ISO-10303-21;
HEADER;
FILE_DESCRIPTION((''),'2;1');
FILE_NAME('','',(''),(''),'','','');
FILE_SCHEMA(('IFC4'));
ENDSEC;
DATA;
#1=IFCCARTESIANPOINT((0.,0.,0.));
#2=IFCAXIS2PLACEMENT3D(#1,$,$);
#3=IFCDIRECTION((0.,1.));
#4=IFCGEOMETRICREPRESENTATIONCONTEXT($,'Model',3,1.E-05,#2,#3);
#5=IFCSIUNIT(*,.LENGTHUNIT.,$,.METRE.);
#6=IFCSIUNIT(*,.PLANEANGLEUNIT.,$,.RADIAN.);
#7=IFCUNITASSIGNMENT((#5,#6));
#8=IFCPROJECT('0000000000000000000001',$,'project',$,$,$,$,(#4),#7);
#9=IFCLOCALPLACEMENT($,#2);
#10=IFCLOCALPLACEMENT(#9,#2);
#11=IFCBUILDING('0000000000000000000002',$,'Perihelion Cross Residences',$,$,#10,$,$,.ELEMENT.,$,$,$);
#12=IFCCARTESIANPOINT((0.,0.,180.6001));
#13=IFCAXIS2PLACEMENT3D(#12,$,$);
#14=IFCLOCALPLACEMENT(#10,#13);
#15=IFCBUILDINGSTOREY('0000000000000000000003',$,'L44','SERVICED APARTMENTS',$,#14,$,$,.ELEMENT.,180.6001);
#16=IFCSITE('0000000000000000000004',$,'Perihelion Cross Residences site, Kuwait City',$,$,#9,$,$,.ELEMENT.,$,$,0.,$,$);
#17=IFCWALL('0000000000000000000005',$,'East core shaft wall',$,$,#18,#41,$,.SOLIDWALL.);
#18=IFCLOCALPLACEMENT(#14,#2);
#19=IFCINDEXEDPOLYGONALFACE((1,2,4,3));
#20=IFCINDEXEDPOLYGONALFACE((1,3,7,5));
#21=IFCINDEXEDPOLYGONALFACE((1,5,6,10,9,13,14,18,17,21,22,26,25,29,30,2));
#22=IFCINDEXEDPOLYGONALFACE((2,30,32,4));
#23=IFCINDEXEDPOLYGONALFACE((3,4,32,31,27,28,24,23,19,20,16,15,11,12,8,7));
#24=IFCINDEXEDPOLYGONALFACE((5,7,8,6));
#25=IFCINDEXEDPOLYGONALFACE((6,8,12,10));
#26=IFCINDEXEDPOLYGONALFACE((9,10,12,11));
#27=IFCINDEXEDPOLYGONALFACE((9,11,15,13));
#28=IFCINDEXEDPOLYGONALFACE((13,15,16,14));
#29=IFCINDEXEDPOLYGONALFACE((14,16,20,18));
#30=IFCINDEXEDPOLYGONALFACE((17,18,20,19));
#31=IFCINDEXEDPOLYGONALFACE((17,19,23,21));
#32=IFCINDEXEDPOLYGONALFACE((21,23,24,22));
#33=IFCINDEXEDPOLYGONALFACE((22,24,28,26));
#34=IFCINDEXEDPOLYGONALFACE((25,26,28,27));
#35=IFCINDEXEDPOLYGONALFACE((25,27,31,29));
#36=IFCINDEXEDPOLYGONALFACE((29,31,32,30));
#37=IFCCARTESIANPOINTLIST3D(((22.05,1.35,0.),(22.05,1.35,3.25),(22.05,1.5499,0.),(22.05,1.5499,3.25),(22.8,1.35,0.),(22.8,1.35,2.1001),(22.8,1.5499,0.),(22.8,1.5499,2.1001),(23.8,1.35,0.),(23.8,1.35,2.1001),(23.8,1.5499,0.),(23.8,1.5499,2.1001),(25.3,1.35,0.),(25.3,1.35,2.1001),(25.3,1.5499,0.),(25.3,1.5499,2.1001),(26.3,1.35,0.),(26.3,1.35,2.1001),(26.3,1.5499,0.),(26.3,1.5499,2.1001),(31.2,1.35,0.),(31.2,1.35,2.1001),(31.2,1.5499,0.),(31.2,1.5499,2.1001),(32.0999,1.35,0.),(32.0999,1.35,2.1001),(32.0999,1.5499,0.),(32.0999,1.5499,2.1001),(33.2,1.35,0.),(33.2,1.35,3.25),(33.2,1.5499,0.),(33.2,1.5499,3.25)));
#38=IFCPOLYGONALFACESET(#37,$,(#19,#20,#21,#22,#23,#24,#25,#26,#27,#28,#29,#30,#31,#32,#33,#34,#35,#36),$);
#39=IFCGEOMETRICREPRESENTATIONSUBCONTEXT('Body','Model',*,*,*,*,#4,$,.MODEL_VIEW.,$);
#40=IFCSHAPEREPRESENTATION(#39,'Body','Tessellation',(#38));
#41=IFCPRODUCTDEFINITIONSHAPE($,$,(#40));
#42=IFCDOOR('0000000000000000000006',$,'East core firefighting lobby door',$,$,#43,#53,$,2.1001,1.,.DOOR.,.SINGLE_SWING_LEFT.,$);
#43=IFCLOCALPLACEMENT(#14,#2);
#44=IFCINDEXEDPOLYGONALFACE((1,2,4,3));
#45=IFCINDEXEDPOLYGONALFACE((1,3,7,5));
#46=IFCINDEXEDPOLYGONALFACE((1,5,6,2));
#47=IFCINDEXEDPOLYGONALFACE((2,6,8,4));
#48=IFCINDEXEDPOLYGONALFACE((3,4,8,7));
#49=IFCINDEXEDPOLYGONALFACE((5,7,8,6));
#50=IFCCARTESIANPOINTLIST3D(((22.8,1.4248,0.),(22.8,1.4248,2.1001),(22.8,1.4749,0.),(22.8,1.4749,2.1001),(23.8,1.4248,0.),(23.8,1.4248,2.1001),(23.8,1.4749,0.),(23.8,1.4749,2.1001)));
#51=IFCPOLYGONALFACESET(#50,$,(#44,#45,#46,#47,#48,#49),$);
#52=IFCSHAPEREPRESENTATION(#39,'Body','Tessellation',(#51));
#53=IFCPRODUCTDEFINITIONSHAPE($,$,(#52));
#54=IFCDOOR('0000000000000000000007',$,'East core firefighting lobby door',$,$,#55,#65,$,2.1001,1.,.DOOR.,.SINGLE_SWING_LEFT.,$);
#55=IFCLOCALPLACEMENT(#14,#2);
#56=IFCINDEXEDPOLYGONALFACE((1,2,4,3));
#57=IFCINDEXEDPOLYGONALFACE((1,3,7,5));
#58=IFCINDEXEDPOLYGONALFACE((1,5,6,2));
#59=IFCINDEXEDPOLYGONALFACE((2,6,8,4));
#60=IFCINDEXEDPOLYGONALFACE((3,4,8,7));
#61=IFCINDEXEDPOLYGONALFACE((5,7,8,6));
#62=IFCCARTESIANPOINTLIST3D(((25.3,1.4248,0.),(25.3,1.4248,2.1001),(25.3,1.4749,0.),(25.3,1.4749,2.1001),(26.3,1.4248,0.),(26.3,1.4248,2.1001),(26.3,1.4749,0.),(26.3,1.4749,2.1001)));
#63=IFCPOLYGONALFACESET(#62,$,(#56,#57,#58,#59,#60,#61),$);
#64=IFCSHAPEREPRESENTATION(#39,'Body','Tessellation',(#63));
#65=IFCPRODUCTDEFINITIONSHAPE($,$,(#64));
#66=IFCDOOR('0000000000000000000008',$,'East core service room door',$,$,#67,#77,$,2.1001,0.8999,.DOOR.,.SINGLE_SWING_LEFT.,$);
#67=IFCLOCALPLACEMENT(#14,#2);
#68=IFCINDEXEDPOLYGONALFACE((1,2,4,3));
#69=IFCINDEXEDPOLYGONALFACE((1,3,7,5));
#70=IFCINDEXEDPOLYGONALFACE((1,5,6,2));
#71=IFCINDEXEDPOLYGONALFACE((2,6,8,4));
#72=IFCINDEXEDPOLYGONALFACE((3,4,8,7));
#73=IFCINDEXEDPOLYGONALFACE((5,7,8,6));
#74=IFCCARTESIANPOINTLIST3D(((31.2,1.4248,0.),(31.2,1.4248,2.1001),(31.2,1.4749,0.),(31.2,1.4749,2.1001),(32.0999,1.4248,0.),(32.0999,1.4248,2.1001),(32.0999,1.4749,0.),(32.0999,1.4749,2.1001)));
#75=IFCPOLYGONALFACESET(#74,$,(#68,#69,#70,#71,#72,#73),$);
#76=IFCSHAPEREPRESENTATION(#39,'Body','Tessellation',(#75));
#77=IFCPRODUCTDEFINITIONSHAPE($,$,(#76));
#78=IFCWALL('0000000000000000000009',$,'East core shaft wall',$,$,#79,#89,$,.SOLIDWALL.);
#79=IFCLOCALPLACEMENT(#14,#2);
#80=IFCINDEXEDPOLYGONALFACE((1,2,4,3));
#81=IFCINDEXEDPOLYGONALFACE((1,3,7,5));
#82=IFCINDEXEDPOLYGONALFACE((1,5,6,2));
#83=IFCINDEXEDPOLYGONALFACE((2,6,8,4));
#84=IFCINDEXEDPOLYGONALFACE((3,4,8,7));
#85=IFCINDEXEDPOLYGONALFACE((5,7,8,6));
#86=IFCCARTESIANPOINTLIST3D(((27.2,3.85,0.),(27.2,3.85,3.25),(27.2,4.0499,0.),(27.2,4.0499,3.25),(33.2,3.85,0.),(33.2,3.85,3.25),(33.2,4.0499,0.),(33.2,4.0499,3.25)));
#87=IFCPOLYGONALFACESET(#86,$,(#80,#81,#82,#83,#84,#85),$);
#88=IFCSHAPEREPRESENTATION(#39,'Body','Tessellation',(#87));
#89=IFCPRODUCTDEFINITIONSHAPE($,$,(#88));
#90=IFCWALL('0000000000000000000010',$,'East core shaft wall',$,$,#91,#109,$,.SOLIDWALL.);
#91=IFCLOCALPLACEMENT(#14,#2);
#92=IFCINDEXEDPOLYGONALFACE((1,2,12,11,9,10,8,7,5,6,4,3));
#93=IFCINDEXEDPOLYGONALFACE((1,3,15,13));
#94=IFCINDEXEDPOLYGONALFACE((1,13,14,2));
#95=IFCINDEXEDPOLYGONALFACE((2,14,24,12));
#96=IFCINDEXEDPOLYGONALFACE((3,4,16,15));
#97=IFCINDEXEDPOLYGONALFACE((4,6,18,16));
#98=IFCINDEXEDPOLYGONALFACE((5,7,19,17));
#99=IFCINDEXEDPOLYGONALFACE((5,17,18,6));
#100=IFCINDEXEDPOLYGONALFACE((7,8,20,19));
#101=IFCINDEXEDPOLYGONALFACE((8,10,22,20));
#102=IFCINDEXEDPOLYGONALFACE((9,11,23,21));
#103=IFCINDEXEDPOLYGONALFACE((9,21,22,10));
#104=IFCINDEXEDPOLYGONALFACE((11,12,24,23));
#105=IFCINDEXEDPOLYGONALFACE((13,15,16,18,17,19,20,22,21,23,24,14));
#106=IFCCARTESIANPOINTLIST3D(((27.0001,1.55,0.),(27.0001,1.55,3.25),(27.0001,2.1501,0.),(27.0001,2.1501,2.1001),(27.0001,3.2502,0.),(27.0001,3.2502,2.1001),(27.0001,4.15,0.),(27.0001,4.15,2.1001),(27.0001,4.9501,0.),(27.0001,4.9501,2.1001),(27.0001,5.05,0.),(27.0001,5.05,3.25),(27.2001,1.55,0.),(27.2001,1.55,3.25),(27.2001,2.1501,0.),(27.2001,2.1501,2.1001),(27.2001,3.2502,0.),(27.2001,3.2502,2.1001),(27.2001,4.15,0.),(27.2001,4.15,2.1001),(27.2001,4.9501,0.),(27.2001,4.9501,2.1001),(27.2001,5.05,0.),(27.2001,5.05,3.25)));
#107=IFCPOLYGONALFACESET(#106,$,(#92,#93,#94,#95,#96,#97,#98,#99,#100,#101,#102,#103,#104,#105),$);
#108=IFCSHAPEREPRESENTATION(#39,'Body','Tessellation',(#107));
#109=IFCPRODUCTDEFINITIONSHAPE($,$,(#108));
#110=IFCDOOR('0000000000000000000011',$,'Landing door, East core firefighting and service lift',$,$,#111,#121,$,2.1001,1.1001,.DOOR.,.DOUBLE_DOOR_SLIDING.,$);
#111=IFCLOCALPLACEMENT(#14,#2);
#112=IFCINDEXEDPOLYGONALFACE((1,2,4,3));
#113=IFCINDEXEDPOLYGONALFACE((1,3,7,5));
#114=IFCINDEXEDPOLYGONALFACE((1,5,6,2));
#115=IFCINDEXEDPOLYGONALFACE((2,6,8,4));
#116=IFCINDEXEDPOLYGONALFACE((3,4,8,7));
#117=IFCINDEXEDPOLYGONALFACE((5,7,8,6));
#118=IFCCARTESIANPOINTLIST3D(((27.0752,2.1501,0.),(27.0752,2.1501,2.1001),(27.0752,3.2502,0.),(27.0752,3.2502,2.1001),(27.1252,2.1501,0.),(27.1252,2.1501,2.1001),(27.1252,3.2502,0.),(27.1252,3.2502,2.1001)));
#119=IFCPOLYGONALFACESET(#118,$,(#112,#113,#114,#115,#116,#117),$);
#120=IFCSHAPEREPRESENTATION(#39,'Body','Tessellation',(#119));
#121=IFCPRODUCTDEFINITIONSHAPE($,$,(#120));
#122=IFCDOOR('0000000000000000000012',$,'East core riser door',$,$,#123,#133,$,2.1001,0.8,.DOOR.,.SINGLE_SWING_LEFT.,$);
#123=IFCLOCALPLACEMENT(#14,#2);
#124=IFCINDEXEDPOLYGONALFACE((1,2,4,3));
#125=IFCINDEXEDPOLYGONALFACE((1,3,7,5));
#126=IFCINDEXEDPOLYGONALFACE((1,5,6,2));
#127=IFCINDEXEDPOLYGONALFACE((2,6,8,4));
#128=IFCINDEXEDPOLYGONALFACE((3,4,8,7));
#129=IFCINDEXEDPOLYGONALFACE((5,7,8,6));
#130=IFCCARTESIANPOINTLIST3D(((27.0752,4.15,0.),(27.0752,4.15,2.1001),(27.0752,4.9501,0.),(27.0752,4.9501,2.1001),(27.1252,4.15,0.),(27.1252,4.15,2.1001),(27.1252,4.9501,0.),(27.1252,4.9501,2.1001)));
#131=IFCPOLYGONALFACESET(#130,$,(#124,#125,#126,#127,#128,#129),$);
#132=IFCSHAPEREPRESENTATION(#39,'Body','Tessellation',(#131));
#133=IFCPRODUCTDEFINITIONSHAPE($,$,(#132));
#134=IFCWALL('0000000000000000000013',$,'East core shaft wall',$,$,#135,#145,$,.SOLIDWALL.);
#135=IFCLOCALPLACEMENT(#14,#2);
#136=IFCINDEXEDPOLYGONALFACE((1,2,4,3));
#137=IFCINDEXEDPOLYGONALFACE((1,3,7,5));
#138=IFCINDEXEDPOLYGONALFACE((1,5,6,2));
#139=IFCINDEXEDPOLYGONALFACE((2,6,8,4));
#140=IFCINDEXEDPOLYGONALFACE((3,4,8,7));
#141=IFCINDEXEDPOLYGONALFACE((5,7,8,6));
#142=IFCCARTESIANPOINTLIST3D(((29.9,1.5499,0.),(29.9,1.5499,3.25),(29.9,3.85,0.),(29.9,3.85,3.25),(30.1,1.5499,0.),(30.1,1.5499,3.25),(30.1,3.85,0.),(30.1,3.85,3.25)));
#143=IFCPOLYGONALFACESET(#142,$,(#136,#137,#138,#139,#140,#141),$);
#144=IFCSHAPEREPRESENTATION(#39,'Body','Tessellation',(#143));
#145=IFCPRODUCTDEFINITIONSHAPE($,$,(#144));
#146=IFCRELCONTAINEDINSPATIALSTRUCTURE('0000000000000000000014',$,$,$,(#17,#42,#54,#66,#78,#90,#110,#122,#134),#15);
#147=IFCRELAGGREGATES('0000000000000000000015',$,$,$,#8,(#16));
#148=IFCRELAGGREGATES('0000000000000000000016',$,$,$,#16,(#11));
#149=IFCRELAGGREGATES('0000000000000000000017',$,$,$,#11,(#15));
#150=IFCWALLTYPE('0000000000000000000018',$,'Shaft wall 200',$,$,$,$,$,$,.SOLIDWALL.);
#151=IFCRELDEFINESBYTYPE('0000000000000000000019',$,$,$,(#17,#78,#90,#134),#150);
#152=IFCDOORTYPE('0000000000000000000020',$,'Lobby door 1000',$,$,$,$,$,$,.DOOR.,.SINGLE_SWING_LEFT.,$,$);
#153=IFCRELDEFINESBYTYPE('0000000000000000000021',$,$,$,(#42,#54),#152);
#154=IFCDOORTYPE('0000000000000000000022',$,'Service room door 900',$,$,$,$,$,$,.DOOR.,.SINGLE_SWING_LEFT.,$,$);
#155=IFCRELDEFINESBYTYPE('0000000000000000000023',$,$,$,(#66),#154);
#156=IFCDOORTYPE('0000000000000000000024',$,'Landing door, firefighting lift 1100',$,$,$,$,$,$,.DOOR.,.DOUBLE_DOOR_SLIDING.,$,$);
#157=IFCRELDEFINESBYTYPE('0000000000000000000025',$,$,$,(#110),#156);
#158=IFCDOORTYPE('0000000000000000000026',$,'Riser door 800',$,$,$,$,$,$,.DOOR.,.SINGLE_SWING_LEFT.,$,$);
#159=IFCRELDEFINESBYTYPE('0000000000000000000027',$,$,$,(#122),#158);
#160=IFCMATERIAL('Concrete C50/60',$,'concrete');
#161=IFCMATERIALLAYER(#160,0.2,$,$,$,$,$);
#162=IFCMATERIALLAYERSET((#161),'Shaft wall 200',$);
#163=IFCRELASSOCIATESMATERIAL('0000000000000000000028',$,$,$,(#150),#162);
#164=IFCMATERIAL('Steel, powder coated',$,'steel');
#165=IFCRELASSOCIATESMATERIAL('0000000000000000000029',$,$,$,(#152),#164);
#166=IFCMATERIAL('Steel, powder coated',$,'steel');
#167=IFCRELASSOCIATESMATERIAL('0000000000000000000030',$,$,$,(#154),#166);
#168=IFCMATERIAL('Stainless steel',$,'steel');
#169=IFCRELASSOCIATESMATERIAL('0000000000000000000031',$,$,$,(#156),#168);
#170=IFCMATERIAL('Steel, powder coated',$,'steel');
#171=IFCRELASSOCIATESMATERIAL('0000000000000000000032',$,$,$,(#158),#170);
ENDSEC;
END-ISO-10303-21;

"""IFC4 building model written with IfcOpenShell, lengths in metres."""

from ifc_helpers import new_model, si_unit, direction, frame, frame_2d, origin, place, context, subcontext, project, spatial, rectangle, extrude, material, layer, layer_set, type_object, element, fill, save


model = new_model("IFC4")

# Units and contexts
model_context = context("Model", 3, precision=1e-05, world=origin(), true_north=direction((0.0, 1.0)))
body_context = subcontext(model_context, "Body", "Model", "MODEL_VIEW")
ifc_project = project(units=[si_unit("LENGTHUNIT", "METRE"), si_unit("PLANEANGLEUNIT", "RADIAN")], contexts=[model_context])

# Site, building, storey
site_placement = place(None, origin())
site = spatial("IfcSite", under=ifc_project, at=site_placement, Name="Perihelion Cross Residences site, Kuwait City", CompositionType="ELEMENT", RefElevation=0.0)
building_placement = place(site_placement, origin())
building = spatial("IfcBuilding", under=site, at=building_placement, Name="Perihelion Cross Residences", CompositionType="ELEMENT")
storey_placement = place(building_placement, frame((0.0, 0.0, 180.6001)))
storey = spatial("IfcBuildingStorey", under=building, at=storey_placement, Name="L44", Description="SERVICED APARTMENTS", CompositionType="ELEMENT", Elevation=180.6001)

# Wall, openings, doors
ifc_material_1 = material(Name="Concrete C50/60", Category="concrete")
ifc_layer_1 = layer(ifc_material_1, 0.2)
ifc_layer_set_1 = layer_set([ifc_layer_1], Name="Shaft wall 200")
wall_type_1 = type_object("IfcWallType", Name="Shaft wall 200", PredefinedType="SOLIDWALL", material=ifc_layer_set_1)
wall_1_placement = place(storey_placement, frame((22.05, 1.45, 0.0), z_axis=(0.0, 0.0, 1.0), x_axis=(1.0, 0.0, 0.0)))
wall_1 = element("IfcWall", 1, at=wall_1_placement, inside=storey, type_object=wall_type_1, Name="East core shaft wall", PredefinedType="SOLIDWALL", context=body_context, shape_type="SweptSolid", body=[
    extrude(rectangle(XDim=11.1499, YDim=0.2, at=frame_2d((5.575, 0.0))), origin(), (0.0, 0.0, 1.0), 3.25),
])
opening_1_placement = place(wall_1_placement, frame((0.75, 0.0, 0.0)))
opening_1 = element("IfcOpeningElement", 2, at=opening_1_placement, cuts=wall_1, PredefinedType="OPENING", context=body_context, shape_type="SweptSolid", body=[
    extrude(rectangle(XDim=1.0, YDim=2.1001, at=frame_2d((0.5, 1.05))), frame((0.0, 0.1099, 0.0), z_axis=(0.0, -1.0, 0.0), x_axis=(1.0, 0.0, 0.0)), (0.0, 0.0, 1.0), 0.22),
])
opening_2_placement = place(wall_1_placement, frame((3.25, 0.0, 0.0)))
opening_2 = element("IfcOpeningElement", 3, at=opening_2_placement, cuts=wall_1, PredefinedType="OPENING", context=body_context, shape_type="SweptSolid", body=[
    extrude(rectangle(XDim=1.0, YDim=2.1001, at=frame_2d((0.5, 1.05))), frame((0.0, 0.1099, 0.0), z_axis=(0.0, -1.0, 0.0), x_axis=(1.0, 0.0, 0.0)), (0.0, 0.0, 1.0), 0.22),
])
opening_3_placement = place(wall_1_placement, frame((9.1499, 0.0, 0.0)))
opening_3 = element("IfcOpeningElement", 4, at=opening_3_placement, cuts=wall_1, PredefinedType="OPENING", context=body_context, shape_type="SweptSolid", body=[
    extrude(rectangle(XDim=0.8999, YDim=2.1001, at=frame_2d((0.45, 1.05))), frame((0.0, 0.1099, 0.0), z_axis=(0.0, -1.0, 0.0), x_axis=(1.0, 0.0, 0.0)), (0.0, 0.0, 1.0), 0.22),
])
ifc_material_2 = material(Name="Steel, powder coated", Category="steel")
door_type_1 = type_object("IfcDoorType", Name="Lobby door 1000", OperationType="SINGLE_SWING_LEFT", PredefinedType="DOOR", material=ifc_material_2)
door_1_placement = place(opening_1_placement, origin())
door_1 = element("IfcDoor", 5, at=door_1_placement, inside=storey, type_object=door_type_1, Name="East core firefighting lobby door", OperationType="SINGLE_SWING_LEFT", OverallHeight=2.1001, OverallWidth=1.0, PredefinedType="DOOR", context=body_context, shape_type="SweptSolid", body=[
    extrude(rectangle(XDim=1.0, YDim=2.1001, at=frame_2d((0.5, 1.05))), frame((0.0, 0.0249, 0.0), z_axis=(0.0, -1.0, 0.0), x_axis=(1.0, 0.0, 0.0)), (0.0, 0.0, 1.0), 0.05),
])
fill(opening_1, door_1)
door_2_placement = place(opening_2_placement, origin())
door_2 = element("IfcDoor", 6, at=door_2_placement, inside=storey, type_object=door_type_1, Name="East core firefighting lobby door", OperationType="SINGLE_SWING_LEFT", OverallHeight=2.1001, OverallWidth=1.0, PredefinedType="DOOR", context=body_context, shape_type="SweptSolid", body=[
    extrude(rectangle(XDim=1.0, YDim=2.1001, at=frame_2d((0.5, 1.05))), frame((0.0, 0.0249, 0.0), z_axis=(0.0, -1.0, 0.0), x_axis=(1.0, 0.0, 0.0)), (0.0, 0.0, 1.0), 0.05),
])
fill(opening_2, door_2)
ifc_material_3 = material(Name="Steel, powder coated", Category="steel")
door_type_2 = type_object("IfcDoorType", Name="Service room door 900", OperationType="SINGLE_SWING_LEFT", PredefinedType="DOOR", material=ifc_material_3)
door_3_placement = place(opening_3_placement, origin())
door_3 = element("IfcDoor", 7, at=door_3_placement, inside=storey, type_object=door_type_2, Name="East core service room door", OperationType="SINGLE_SWING_LEFT", OverallHeight=2.1001, OverallWidth=0.8999, PredefinedType="DOOR", context=body_context, shape_type="SweptSolid", body=[
    extrude(rectangle(XDim=0.8999, YDim=2.1001, at=frame_2d((0.45, 1.05))), frame((0.0, 0.0249, 0.0), z_axis=(0.0, -1.0, 0.0), x_axis=(1.0, 0.0, 0.0)), (0.0, 0.0, 1.0), 0.05),
])
fill(opening_3, door_3)

# Wall
wall_2_placement = place(storey_placement, frame((27.2, 3.95, 0.0), z_axis=(0.0, 0.0, 1.0), x_axis=(1.0, 0.0, 0.0)))
element("IfcWall", 8, at=wall_2_placement, inside=storey, type_object=wall_type_1, Name="East core shaft wall", PredefinedType="SOLIDWALL", context=body_context, shape_type="SweptSolid", body=[
    extrude(rectangle(XDim=6.0, YDim=0.2, at=frame_2d((3.0, 0.0))), origin(), (0.0, 0.0, 1.0), 3.25),
])

# Wall, openings, doors
wall_3_placement = place(storey_placement, frame((27.1001, 1.55, 0.0), z_axis=(0.0, 0.0, 1.0), x_axis=(0.0, 1.0, 0.0)))
wall_3 = element("IfcWall", 9, at=wall_3_placement, inside=storey, type_object=wall_type_1, Name="East core shaft wall", PredefinedType="SOLIDWALL", context=body_context, shape_type="SweptSolid", body=[
    extrude(rectangle(XDim=3.5, YDim=0.2, at=frame_2d((1.75, 0.0))), origin(), (0.0, 0.0, 1.0), 3.25),
])
opening_4_placement = place(wall_3_placement, frame((0.6001, 0.0, 0.0)))
opening_4 = element("IfcOpeningElement", 10, at=opening_4_placement, cuts=wall_3, PredefinedType="OPENING", context=body_context, shape_type="SweptSolid", body=[
    extrude(rectangle(XDim=1.1001, YDim=2.1001, at=frame_2d((0.55, 1.05))), frame((0.0, 0.1099, 0.0), z_axis=(0.0, -1.0, 0.0), x_axis=(1.0, 0.0, 0.0)), (0.0, 0.0, 1.0), 0.22),
])
opening_5_placement = place(wall_3_placement, frame((2.6001, 0.0, 0.0)))
opening_5 = element("IfcOpeningElement", 11, at=opening_5_placement, cuts=wall_3, PredefinedType="OPENING", context=body_context, shape_type="SweptSolid", body=[
    extrude(rectangle(XDim=0.8, YDim=2.1001, at=frame_2d((0.3999, 1.05))), frame((0.0, 0.1099, 0.0), z_axis=(0.0, -1.0, 0.0), x_axis=(1.0, 0.0, 0.0)), (0.0, 0.0, 1.0), 0.22),
])
ifc_material_4 = material(Name="Stainless steel", Category="steel")
door_type_3 = type_object("IfcDoorType", Name="Landing door, firefighting lift 1100", OperationType="DOUBLE_DOOR_SLIDING", PredefinedType="DOOR", material=ifc_material_4)
door_4_placement = place(opening_4_placement, origin())
door_4 = element("IfcDoor", 12, at=door_4_placement, inside=storey, type_object=door_type_3, Name="Landing door, East core firefighting and service lift", OperationType="DOUBLE_DOOR_SLIDING", OverallHeight=2.1001, OverallWidth=1.1001, PredefinedType="DOOR", context=body_context, shape_type="SweptSolid", body=[
    extrude(rectangle(XDim=1.1001, YDim=2.1001, at=frame_2d((0.55, 1.05))), frame((0.0, 0.0249, 0.0), z_axis=(0.0, -1.0, 0.0), x_axis=(1.0, 0.0, 0.0)), (0.0, 0.0, 1.0), 0.05),
])
fill(opening_4, door_4)
ifc_material_5 = material(Name="Steel, powder coated", Category="steel")
door_type_4 = type_object("IfcDoorType", Name="Riser door 800", OperationType="SINGLE_SWING_LEFT", PredefinedType="DOOR", material=ifc_material_5)
door_5_placement = place(opening_5_placement, origin())
door_5 = element("IfcDoor", 13, at=door_5_placement, inside=storey, type_object=door_type_4, Name="East core riser door", OperationType="SINGLE_SWING_LEFT", OverallHeight=2.1001, OverallWidth=0.8, PredefinedType="DOOR", context=body_context, shape_type="SweptSolid", body=[
    extrude(rectangle(XDim=0.8, YDim=2.1001, at=frame_2d((0.3999, 1.05))), frame((0.0, 0.0249, 0.0), z_axis=(0.0, -1.0, 0.0), x_axis=(1.0, 0.0, 0.0)), (0.0, 0.0, 1.0), 0.05),
])
fill(opening_5, door_5)

# Wall
wall_4_placement = place(storey_placement, frame((30.0, 1.55, 0.0), z_axis=(0.0, 0.0, 1.0), x_axis=(0.0, 1.0, 0.0)))
element("IfcWall", 14, at=wall_4_placement, inside=storey, type_object=wall_type_1, Name="East core shaft wall", PredefinedType="SOLIDWALL", context=body_context, shape_type="SweptSolid", body=[
    extrude(rectangle(XDim=2.3, YDim=0.2, at=frame_2d((1.1499, 0.0))), origin(), (0.0, 0.0, 1.0), 3.25),
])

save(model, "model.ifc")
